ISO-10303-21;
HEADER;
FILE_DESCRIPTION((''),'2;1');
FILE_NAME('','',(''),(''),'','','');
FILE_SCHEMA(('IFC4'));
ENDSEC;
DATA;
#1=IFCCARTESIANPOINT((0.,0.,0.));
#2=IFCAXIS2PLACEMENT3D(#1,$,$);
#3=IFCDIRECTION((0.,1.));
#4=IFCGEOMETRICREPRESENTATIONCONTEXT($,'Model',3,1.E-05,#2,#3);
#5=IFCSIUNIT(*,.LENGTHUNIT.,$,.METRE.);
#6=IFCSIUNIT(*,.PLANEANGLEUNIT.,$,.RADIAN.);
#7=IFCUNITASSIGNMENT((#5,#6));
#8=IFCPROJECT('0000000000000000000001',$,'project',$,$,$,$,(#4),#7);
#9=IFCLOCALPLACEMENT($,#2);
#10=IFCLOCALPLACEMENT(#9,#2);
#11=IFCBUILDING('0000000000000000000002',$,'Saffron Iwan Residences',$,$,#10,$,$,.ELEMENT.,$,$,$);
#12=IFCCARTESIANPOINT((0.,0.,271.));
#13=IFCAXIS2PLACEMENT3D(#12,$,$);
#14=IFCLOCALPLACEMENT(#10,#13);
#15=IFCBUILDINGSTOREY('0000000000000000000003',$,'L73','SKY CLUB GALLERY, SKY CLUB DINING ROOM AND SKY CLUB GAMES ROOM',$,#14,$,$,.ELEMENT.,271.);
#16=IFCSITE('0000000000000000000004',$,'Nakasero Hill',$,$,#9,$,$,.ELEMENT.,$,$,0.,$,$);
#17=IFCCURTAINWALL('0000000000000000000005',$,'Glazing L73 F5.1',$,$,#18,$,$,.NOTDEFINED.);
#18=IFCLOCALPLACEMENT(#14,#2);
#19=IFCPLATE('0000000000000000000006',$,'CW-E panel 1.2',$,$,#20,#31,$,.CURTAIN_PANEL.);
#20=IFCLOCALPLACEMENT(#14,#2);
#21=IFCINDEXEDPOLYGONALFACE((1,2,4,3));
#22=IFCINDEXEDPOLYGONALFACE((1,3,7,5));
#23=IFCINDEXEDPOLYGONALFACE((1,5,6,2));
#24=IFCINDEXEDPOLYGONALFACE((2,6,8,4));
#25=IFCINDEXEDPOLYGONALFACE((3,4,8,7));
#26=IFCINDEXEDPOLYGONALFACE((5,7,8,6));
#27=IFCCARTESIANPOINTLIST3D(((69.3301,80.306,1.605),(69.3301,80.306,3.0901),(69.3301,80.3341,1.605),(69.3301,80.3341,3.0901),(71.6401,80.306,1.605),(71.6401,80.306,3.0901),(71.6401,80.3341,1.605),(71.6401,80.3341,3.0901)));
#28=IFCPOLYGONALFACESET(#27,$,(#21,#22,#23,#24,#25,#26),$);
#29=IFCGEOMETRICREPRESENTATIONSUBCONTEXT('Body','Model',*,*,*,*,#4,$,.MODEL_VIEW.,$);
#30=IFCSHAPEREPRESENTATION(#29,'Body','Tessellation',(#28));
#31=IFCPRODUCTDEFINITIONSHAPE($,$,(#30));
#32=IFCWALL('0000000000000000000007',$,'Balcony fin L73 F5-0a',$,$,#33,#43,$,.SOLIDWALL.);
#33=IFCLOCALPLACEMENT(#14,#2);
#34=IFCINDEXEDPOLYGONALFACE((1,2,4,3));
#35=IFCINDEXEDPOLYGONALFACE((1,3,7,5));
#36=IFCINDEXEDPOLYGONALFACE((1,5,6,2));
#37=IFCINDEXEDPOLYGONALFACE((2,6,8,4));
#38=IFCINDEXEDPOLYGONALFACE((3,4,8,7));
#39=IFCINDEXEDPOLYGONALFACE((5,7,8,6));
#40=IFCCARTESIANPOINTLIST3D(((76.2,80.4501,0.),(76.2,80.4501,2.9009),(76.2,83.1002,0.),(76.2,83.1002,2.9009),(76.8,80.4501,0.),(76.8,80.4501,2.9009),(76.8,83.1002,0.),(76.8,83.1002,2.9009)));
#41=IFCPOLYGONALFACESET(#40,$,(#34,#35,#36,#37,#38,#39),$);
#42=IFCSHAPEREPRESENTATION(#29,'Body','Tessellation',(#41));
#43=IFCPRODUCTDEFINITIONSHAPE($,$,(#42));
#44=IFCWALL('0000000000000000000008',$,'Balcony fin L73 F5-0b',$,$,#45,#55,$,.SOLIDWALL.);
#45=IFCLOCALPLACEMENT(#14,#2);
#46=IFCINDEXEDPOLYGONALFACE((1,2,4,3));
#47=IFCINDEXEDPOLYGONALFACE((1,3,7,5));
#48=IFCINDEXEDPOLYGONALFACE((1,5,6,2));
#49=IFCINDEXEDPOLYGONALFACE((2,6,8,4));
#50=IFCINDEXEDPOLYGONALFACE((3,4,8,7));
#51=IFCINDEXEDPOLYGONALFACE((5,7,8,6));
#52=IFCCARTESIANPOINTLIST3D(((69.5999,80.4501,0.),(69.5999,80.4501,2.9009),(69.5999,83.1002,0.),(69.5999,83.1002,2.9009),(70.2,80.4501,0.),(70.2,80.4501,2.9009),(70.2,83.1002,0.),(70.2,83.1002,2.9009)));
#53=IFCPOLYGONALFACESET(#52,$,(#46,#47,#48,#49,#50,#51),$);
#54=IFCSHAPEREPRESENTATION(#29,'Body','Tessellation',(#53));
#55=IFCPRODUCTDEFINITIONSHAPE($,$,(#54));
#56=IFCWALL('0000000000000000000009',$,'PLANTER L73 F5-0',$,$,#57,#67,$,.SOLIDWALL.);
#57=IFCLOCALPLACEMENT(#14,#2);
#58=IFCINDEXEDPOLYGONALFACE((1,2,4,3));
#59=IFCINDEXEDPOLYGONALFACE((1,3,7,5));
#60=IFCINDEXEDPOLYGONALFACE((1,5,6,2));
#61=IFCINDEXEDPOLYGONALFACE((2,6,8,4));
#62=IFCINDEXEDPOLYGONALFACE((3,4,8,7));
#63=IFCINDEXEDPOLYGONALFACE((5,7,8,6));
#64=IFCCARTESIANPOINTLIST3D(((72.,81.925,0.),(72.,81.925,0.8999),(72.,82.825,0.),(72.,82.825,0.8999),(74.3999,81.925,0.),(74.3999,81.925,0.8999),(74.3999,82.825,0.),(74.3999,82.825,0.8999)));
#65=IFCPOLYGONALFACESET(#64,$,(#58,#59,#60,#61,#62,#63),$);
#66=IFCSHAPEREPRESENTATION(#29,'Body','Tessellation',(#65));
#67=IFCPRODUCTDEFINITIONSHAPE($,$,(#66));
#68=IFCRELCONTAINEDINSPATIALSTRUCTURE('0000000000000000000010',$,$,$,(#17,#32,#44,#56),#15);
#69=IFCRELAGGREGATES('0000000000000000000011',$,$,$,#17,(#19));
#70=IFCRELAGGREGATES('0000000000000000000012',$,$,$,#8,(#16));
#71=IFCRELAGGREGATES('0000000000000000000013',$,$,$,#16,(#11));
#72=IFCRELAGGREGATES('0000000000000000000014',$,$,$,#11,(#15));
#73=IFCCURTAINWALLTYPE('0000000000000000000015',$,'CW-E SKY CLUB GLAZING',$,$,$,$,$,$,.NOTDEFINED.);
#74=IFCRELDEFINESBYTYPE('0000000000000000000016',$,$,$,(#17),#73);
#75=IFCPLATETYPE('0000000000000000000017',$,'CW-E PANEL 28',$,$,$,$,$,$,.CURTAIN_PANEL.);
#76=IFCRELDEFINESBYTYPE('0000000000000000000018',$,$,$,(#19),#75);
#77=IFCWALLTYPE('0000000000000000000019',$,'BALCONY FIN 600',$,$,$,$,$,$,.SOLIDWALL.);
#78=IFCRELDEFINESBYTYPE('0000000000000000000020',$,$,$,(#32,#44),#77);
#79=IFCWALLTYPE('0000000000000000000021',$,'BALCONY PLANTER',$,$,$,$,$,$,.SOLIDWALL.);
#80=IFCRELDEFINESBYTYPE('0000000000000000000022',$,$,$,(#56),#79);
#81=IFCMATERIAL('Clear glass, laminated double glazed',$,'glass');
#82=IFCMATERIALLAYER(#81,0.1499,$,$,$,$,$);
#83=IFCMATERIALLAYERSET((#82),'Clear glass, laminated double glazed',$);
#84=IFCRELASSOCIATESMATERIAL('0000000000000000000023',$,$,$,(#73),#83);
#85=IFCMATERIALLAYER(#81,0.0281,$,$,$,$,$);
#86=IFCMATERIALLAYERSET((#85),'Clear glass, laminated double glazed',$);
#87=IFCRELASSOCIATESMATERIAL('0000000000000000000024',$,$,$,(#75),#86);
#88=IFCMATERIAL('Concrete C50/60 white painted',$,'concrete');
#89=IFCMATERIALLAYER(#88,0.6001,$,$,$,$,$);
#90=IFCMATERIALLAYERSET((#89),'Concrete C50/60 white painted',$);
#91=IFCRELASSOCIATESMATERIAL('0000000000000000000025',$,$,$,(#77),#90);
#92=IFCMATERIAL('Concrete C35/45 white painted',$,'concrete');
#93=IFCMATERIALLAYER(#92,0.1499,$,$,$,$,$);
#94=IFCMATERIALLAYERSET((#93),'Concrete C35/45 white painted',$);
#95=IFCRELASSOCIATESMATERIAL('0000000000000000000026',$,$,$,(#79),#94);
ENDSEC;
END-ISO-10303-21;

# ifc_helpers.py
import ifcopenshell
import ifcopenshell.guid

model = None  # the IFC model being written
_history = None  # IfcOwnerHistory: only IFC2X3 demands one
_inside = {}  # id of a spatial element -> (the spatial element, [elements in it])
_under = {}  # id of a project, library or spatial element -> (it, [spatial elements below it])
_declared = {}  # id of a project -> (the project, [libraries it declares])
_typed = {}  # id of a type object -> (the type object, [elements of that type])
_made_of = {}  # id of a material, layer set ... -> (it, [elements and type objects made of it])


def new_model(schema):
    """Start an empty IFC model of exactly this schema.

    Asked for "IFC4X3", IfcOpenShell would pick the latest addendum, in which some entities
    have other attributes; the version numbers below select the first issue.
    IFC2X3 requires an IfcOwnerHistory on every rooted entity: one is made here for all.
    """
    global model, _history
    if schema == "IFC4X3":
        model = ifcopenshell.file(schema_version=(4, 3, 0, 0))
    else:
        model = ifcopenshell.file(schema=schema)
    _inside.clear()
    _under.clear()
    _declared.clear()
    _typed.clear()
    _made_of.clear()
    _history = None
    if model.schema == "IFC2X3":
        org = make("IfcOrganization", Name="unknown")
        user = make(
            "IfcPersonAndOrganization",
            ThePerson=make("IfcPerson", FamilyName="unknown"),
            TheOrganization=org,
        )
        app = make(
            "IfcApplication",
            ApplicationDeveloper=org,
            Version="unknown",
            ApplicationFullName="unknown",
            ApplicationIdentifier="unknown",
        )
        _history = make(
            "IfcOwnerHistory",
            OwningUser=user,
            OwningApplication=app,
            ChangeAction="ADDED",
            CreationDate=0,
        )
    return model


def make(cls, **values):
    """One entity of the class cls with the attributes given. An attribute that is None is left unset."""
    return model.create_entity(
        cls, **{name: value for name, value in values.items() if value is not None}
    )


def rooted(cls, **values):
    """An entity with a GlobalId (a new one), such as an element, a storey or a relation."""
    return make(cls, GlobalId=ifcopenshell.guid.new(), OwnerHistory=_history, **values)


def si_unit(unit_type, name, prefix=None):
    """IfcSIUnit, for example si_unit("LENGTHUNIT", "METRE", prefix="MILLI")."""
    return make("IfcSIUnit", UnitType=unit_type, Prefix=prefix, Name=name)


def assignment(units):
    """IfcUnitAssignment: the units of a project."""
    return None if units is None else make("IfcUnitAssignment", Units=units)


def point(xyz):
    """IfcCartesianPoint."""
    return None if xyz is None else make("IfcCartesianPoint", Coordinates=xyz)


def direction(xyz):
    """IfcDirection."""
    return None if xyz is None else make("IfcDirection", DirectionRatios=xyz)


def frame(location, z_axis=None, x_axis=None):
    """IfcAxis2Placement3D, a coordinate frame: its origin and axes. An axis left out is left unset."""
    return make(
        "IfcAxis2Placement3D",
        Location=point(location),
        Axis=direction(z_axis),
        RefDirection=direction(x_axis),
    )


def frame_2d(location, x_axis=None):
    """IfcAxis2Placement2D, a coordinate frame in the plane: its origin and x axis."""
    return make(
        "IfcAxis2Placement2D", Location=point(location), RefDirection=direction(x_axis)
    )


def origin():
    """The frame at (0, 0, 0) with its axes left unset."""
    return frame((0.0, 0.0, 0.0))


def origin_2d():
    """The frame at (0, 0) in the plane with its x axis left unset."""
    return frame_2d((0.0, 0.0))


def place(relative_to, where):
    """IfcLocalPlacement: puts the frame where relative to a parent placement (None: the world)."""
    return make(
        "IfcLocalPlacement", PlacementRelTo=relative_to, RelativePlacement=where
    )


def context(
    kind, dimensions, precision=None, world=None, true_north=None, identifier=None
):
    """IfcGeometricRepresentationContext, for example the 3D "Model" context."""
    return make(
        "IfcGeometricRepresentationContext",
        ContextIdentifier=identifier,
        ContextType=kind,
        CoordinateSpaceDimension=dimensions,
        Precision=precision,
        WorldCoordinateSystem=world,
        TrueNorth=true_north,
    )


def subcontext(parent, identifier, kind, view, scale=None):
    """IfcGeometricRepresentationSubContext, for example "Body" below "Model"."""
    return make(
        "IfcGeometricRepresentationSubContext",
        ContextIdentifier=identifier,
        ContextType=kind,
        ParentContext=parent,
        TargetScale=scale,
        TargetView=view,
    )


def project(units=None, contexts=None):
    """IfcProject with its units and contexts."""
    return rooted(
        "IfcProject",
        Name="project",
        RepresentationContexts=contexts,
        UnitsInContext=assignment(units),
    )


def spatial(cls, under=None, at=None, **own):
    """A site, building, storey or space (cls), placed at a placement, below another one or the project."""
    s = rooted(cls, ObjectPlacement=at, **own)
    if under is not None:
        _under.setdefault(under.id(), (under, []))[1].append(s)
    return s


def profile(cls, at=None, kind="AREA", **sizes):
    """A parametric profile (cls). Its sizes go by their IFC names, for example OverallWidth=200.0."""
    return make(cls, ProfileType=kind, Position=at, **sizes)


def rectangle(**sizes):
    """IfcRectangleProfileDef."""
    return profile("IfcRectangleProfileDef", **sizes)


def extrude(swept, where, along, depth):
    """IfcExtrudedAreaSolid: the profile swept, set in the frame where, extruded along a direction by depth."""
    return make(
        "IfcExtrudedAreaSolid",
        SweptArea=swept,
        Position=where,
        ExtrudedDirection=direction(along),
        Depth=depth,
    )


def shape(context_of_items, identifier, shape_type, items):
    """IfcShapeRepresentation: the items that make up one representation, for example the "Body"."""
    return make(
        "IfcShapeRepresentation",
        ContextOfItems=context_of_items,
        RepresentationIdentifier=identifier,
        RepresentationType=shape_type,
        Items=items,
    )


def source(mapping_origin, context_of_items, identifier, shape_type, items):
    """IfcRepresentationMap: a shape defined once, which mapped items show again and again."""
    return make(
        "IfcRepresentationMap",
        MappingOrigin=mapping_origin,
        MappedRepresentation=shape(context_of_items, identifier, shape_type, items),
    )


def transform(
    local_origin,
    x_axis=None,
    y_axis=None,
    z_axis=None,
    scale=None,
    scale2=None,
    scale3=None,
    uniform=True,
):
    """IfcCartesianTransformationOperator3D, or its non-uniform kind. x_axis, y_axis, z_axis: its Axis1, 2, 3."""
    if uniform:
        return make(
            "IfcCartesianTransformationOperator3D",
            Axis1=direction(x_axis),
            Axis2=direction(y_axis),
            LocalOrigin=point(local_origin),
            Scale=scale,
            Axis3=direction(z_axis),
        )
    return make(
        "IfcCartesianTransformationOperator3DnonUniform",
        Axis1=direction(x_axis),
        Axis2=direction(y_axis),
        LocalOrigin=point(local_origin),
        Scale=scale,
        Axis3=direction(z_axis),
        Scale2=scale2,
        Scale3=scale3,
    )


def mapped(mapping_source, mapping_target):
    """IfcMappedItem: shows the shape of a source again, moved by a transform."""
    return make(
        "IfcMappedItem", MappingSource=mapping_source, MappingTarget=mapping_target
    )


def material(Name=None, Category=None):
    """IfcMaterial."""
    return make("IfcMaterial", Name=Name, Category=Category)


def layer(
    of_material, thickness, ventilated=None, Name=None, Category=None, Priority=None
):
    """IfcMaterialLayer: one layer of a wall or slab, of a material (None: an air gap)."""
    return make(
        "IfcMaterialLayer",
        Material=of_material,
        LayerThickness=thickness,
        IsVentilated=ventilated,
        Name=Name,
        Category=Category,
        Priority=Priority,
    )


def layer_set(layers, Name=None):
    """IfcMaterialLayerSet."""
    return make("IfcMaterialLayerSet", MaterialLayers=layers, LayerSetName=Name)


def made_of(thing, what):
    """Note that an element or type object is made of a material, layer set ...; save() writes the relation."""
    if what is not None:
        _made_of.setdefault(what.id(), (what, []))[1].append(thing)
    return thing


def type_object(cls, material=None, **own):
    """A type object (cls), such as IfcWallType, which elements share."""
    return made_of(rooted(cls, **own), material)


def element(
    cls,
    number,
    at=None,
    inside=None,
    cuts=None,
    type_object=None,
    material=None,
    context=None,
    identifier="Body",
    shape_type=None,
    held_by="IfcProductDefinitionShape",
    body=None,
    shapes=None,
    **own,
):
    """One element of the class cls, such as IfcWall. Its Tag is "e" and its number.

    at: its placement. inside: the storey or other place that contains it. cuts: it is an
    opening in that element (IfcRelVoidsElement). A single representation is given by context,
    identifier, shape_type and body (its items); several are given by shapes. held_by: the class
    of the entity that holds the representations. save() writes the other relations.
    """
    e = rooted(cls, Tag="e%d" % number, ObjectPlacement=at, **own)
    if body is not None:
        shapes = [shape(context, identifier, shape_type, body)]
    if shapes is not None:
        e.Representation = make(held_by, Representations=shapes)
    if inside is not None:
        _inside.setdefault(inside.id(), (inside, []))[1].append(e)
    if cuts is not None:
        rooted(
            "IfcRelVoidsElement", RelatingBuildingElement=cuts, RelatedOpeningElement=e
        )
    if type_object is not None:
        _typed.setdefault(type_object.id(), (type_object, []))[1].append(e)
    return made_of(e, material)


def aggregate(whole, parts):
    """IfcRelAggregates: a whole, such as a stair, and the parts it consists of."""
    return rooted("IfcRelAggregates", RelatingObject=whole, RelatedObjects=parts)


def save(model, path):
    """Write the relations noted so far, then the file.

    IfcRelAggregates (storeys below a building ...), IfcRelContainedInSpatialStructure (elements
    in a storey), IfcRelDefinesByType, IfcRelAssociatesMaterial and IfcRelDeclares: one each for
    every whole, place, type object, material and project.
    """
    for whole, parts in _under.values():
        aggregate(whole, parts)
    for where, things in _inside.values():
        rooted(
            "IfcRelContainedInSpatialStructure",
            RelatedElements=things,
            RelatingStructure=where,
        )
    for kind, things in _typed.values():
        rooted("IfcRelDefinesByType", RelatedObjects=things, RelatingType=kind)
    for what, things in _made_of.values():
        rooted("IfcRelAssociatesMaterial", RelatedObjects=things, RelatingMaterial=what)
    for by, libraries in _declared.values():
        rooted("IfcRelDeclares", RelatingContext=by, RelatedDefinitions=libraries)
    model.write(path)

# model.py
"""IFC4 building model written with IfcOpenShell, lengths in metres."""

from ifc_helpers import new_model, si_unit, direction, frame, frame_2d, origin, origin_2d, place, context, subcontext, project, spatial, rectangle, extrude, source, transform, mapped, material, layer, layer_set, type_object, element, aggregate, save


model = new_model("IFC4")

# Units and contexts
model_context = context("Model", 3, precision=1e-05, world=origin(), true_north=direction((0.0, 1.0)))
body_context = subcontext(model_context, "Body", "Model", "MODEL_VIEW")
ifc_project = project(units=[si_unit("LENGTHUNIT", "METRE"), si_unit("PLANEANGLEUNIT", "RADIAN")], contexts=[model_context])

# Site, building, storey
site_placement = place(None, origin())
site = spatial("IfcSite", under=ifc_project, at=site_placement, Name="Nakasero Hill", CompositionType="ELEMENT", RefElevation=0.0)
building_placement = place(site_placement, origin())
building = spatial("IfcBuilding", under=site, at=building_placement, Name="Saffron Iwan Residences", CompositionType="ELEMENT")
storey_placement = place(building_placement, frame((0.0, 0.0, 271.0)))
storey = spatial("IfcBuildingStorey", under=building, at=storey_placement, Name="L73", Description="SKY CLUB GALLERY, SKY CLUB DINING ROOM AND SKY CLUB GAMES ROOM", CompositionType="ELEMENT", Elevation=271.0)

# Shared definitions
ifc_material_1 = material(Name="Concrete C50/60 white painted", Category="concrete")

# Shared definitions
ifc_material_2 = material(Name="Clear glass, laminated double glazed", Category="glass")
ifc_layer_1 = layer(ifc_material_2, 0.1499)
ifc_layer_set_1 = layer_set([ifc_layer_1], Name="Clear glass, laminated double glazed")
curtain_wall_type = type_object("IfcCurtainWallType", Name="CW-E SKY CLUB GLAZING", PredefinedType="NOTDEFINED", material=ifc_layer_set_1)

# Curtain wall
curtain_wall_1_placement = place(storey_placement, origin())
curtain_wall_1 = element("IfcCurtainWall", 1, at=curtain_wall_1_placement, inside=storey, type_object=curtain_wall_type, Name="Glazing L73 F5.1", PredefinedType="NOTDEFINED")

# Plate
ifc_layer_2 = layer(ifc_material_2, 0.0281)
ifc_layer_set_2 = layer_set([ifc_layer_2], Name="Clear glass, laminated double glazed")
plate_type = type_object("IfcPlateType", Name="CW-E PANEL 28", PredefinedType="CURTAIN_PANEL", material=ifc_layer_set_2)
shared_shape_1 = source(origin(), body_context, "Body", "SweptSolid", [
    extrude(rectangle(XDim=2.3101, YDim=0.0281, at=origin_2d()), origin(), (0.0, 0.0, 1.0), 1.4851),
])
plate_1_placement = place(storey_placement, frame((70.4851, 80.3201, 1.605), z_axis=(0.0, 0.0, 1.0), x_axis=(-1.0, 0.0, 0.0)))
plate_1 = element("IfcPlate", 2, at=plate_1_placement, type_object=plate_type, Name="CW-E panel 1.2", PredefinedType="CURTAIN_PANEL", context=body_context, shape_type="MappedRepresentation", body=[
    mapped(shared_shape_1, transform((0.0, 0.0, 0.0))),
])
aggregate(curtain_wall_1, [plate_1])

# Walls
ifc_layer_3 = layer(ifc_material_1, 0.6001)
ifc_layer_set_3 = layer_set([ifc_layer_3], Name="Concrete C50/60 white painted")
wall_type_1 = type_object("IfcWallType", Name="BALCONY FIN 600", PredefinedType="SOLIDWALL", material=ifc_layer_set_3)
for number, where, z_axis, x_axis, name in (
    (3, (76.5, 80.45, 0.0), (0.0, 0.0, 1.0), (0.0, 1.0, 0.0), "Balcony fin L73 F5-0a"),
    (4, (69.8999, 80.45, 0.0), (0.0, 0.0, 1.0), (0.0, 1.0, 0.0), "Balcony fin L73 F5-0b"),
):
    element("IfcWall", number, at=place(storey_placement, frame(where, z_axis=z_axis, x_axis=x_axis)), inside=storey, type_object=wall_type_1, Name=name, PredefinedType="SOLIDWALL", context=body_context, shape_type="SweptSolid", body=[
        extrude(rectangle(XDim=2.6501, YDim=0.6001, at=frame_2d((1.3252, 0.0))), origin(), (0.0, 0.0, 1.0), 2.9009),
    ])
ifc_material_3 = material(Name="Concrete C35/45 white painted", Category="concrete")
ifc_layer_4 = layer(ifc_material_3, 0.1499)
ifc_layer_set_4 = layer_set([ifc_layer_4], Name="Concrete C35/45 white painted")
wall_type_2 = type_object("IfcWallType", Name="BALCONY PLANTER", PredefinedType="SOLIDWALL", material=ifc_layer_set_4)
wall_1_placement = place(storey_placement, frame((74.3999, 82.375, 0.0), z_axis=(0.0, 0.0, 1.0), x_axis=(-1.0, 0.0, 0.0)))
element("IfcWall", 5, at=wall_1_placement, inside=storey, type_object=wall_type_2, Name="PLANTER L73 F5-0", PredefinedType="SOLIDWALL", context=body_context, shape_type="SweptSolid", body=[
    extrude(rectangle(XDim=2.3999, YDim=0.8999, at=frame_2d((1.2, 0.0))), origin(), (0.0, 0.0, 1.0), 0.8999),
])

save(model, "model.ifc")
